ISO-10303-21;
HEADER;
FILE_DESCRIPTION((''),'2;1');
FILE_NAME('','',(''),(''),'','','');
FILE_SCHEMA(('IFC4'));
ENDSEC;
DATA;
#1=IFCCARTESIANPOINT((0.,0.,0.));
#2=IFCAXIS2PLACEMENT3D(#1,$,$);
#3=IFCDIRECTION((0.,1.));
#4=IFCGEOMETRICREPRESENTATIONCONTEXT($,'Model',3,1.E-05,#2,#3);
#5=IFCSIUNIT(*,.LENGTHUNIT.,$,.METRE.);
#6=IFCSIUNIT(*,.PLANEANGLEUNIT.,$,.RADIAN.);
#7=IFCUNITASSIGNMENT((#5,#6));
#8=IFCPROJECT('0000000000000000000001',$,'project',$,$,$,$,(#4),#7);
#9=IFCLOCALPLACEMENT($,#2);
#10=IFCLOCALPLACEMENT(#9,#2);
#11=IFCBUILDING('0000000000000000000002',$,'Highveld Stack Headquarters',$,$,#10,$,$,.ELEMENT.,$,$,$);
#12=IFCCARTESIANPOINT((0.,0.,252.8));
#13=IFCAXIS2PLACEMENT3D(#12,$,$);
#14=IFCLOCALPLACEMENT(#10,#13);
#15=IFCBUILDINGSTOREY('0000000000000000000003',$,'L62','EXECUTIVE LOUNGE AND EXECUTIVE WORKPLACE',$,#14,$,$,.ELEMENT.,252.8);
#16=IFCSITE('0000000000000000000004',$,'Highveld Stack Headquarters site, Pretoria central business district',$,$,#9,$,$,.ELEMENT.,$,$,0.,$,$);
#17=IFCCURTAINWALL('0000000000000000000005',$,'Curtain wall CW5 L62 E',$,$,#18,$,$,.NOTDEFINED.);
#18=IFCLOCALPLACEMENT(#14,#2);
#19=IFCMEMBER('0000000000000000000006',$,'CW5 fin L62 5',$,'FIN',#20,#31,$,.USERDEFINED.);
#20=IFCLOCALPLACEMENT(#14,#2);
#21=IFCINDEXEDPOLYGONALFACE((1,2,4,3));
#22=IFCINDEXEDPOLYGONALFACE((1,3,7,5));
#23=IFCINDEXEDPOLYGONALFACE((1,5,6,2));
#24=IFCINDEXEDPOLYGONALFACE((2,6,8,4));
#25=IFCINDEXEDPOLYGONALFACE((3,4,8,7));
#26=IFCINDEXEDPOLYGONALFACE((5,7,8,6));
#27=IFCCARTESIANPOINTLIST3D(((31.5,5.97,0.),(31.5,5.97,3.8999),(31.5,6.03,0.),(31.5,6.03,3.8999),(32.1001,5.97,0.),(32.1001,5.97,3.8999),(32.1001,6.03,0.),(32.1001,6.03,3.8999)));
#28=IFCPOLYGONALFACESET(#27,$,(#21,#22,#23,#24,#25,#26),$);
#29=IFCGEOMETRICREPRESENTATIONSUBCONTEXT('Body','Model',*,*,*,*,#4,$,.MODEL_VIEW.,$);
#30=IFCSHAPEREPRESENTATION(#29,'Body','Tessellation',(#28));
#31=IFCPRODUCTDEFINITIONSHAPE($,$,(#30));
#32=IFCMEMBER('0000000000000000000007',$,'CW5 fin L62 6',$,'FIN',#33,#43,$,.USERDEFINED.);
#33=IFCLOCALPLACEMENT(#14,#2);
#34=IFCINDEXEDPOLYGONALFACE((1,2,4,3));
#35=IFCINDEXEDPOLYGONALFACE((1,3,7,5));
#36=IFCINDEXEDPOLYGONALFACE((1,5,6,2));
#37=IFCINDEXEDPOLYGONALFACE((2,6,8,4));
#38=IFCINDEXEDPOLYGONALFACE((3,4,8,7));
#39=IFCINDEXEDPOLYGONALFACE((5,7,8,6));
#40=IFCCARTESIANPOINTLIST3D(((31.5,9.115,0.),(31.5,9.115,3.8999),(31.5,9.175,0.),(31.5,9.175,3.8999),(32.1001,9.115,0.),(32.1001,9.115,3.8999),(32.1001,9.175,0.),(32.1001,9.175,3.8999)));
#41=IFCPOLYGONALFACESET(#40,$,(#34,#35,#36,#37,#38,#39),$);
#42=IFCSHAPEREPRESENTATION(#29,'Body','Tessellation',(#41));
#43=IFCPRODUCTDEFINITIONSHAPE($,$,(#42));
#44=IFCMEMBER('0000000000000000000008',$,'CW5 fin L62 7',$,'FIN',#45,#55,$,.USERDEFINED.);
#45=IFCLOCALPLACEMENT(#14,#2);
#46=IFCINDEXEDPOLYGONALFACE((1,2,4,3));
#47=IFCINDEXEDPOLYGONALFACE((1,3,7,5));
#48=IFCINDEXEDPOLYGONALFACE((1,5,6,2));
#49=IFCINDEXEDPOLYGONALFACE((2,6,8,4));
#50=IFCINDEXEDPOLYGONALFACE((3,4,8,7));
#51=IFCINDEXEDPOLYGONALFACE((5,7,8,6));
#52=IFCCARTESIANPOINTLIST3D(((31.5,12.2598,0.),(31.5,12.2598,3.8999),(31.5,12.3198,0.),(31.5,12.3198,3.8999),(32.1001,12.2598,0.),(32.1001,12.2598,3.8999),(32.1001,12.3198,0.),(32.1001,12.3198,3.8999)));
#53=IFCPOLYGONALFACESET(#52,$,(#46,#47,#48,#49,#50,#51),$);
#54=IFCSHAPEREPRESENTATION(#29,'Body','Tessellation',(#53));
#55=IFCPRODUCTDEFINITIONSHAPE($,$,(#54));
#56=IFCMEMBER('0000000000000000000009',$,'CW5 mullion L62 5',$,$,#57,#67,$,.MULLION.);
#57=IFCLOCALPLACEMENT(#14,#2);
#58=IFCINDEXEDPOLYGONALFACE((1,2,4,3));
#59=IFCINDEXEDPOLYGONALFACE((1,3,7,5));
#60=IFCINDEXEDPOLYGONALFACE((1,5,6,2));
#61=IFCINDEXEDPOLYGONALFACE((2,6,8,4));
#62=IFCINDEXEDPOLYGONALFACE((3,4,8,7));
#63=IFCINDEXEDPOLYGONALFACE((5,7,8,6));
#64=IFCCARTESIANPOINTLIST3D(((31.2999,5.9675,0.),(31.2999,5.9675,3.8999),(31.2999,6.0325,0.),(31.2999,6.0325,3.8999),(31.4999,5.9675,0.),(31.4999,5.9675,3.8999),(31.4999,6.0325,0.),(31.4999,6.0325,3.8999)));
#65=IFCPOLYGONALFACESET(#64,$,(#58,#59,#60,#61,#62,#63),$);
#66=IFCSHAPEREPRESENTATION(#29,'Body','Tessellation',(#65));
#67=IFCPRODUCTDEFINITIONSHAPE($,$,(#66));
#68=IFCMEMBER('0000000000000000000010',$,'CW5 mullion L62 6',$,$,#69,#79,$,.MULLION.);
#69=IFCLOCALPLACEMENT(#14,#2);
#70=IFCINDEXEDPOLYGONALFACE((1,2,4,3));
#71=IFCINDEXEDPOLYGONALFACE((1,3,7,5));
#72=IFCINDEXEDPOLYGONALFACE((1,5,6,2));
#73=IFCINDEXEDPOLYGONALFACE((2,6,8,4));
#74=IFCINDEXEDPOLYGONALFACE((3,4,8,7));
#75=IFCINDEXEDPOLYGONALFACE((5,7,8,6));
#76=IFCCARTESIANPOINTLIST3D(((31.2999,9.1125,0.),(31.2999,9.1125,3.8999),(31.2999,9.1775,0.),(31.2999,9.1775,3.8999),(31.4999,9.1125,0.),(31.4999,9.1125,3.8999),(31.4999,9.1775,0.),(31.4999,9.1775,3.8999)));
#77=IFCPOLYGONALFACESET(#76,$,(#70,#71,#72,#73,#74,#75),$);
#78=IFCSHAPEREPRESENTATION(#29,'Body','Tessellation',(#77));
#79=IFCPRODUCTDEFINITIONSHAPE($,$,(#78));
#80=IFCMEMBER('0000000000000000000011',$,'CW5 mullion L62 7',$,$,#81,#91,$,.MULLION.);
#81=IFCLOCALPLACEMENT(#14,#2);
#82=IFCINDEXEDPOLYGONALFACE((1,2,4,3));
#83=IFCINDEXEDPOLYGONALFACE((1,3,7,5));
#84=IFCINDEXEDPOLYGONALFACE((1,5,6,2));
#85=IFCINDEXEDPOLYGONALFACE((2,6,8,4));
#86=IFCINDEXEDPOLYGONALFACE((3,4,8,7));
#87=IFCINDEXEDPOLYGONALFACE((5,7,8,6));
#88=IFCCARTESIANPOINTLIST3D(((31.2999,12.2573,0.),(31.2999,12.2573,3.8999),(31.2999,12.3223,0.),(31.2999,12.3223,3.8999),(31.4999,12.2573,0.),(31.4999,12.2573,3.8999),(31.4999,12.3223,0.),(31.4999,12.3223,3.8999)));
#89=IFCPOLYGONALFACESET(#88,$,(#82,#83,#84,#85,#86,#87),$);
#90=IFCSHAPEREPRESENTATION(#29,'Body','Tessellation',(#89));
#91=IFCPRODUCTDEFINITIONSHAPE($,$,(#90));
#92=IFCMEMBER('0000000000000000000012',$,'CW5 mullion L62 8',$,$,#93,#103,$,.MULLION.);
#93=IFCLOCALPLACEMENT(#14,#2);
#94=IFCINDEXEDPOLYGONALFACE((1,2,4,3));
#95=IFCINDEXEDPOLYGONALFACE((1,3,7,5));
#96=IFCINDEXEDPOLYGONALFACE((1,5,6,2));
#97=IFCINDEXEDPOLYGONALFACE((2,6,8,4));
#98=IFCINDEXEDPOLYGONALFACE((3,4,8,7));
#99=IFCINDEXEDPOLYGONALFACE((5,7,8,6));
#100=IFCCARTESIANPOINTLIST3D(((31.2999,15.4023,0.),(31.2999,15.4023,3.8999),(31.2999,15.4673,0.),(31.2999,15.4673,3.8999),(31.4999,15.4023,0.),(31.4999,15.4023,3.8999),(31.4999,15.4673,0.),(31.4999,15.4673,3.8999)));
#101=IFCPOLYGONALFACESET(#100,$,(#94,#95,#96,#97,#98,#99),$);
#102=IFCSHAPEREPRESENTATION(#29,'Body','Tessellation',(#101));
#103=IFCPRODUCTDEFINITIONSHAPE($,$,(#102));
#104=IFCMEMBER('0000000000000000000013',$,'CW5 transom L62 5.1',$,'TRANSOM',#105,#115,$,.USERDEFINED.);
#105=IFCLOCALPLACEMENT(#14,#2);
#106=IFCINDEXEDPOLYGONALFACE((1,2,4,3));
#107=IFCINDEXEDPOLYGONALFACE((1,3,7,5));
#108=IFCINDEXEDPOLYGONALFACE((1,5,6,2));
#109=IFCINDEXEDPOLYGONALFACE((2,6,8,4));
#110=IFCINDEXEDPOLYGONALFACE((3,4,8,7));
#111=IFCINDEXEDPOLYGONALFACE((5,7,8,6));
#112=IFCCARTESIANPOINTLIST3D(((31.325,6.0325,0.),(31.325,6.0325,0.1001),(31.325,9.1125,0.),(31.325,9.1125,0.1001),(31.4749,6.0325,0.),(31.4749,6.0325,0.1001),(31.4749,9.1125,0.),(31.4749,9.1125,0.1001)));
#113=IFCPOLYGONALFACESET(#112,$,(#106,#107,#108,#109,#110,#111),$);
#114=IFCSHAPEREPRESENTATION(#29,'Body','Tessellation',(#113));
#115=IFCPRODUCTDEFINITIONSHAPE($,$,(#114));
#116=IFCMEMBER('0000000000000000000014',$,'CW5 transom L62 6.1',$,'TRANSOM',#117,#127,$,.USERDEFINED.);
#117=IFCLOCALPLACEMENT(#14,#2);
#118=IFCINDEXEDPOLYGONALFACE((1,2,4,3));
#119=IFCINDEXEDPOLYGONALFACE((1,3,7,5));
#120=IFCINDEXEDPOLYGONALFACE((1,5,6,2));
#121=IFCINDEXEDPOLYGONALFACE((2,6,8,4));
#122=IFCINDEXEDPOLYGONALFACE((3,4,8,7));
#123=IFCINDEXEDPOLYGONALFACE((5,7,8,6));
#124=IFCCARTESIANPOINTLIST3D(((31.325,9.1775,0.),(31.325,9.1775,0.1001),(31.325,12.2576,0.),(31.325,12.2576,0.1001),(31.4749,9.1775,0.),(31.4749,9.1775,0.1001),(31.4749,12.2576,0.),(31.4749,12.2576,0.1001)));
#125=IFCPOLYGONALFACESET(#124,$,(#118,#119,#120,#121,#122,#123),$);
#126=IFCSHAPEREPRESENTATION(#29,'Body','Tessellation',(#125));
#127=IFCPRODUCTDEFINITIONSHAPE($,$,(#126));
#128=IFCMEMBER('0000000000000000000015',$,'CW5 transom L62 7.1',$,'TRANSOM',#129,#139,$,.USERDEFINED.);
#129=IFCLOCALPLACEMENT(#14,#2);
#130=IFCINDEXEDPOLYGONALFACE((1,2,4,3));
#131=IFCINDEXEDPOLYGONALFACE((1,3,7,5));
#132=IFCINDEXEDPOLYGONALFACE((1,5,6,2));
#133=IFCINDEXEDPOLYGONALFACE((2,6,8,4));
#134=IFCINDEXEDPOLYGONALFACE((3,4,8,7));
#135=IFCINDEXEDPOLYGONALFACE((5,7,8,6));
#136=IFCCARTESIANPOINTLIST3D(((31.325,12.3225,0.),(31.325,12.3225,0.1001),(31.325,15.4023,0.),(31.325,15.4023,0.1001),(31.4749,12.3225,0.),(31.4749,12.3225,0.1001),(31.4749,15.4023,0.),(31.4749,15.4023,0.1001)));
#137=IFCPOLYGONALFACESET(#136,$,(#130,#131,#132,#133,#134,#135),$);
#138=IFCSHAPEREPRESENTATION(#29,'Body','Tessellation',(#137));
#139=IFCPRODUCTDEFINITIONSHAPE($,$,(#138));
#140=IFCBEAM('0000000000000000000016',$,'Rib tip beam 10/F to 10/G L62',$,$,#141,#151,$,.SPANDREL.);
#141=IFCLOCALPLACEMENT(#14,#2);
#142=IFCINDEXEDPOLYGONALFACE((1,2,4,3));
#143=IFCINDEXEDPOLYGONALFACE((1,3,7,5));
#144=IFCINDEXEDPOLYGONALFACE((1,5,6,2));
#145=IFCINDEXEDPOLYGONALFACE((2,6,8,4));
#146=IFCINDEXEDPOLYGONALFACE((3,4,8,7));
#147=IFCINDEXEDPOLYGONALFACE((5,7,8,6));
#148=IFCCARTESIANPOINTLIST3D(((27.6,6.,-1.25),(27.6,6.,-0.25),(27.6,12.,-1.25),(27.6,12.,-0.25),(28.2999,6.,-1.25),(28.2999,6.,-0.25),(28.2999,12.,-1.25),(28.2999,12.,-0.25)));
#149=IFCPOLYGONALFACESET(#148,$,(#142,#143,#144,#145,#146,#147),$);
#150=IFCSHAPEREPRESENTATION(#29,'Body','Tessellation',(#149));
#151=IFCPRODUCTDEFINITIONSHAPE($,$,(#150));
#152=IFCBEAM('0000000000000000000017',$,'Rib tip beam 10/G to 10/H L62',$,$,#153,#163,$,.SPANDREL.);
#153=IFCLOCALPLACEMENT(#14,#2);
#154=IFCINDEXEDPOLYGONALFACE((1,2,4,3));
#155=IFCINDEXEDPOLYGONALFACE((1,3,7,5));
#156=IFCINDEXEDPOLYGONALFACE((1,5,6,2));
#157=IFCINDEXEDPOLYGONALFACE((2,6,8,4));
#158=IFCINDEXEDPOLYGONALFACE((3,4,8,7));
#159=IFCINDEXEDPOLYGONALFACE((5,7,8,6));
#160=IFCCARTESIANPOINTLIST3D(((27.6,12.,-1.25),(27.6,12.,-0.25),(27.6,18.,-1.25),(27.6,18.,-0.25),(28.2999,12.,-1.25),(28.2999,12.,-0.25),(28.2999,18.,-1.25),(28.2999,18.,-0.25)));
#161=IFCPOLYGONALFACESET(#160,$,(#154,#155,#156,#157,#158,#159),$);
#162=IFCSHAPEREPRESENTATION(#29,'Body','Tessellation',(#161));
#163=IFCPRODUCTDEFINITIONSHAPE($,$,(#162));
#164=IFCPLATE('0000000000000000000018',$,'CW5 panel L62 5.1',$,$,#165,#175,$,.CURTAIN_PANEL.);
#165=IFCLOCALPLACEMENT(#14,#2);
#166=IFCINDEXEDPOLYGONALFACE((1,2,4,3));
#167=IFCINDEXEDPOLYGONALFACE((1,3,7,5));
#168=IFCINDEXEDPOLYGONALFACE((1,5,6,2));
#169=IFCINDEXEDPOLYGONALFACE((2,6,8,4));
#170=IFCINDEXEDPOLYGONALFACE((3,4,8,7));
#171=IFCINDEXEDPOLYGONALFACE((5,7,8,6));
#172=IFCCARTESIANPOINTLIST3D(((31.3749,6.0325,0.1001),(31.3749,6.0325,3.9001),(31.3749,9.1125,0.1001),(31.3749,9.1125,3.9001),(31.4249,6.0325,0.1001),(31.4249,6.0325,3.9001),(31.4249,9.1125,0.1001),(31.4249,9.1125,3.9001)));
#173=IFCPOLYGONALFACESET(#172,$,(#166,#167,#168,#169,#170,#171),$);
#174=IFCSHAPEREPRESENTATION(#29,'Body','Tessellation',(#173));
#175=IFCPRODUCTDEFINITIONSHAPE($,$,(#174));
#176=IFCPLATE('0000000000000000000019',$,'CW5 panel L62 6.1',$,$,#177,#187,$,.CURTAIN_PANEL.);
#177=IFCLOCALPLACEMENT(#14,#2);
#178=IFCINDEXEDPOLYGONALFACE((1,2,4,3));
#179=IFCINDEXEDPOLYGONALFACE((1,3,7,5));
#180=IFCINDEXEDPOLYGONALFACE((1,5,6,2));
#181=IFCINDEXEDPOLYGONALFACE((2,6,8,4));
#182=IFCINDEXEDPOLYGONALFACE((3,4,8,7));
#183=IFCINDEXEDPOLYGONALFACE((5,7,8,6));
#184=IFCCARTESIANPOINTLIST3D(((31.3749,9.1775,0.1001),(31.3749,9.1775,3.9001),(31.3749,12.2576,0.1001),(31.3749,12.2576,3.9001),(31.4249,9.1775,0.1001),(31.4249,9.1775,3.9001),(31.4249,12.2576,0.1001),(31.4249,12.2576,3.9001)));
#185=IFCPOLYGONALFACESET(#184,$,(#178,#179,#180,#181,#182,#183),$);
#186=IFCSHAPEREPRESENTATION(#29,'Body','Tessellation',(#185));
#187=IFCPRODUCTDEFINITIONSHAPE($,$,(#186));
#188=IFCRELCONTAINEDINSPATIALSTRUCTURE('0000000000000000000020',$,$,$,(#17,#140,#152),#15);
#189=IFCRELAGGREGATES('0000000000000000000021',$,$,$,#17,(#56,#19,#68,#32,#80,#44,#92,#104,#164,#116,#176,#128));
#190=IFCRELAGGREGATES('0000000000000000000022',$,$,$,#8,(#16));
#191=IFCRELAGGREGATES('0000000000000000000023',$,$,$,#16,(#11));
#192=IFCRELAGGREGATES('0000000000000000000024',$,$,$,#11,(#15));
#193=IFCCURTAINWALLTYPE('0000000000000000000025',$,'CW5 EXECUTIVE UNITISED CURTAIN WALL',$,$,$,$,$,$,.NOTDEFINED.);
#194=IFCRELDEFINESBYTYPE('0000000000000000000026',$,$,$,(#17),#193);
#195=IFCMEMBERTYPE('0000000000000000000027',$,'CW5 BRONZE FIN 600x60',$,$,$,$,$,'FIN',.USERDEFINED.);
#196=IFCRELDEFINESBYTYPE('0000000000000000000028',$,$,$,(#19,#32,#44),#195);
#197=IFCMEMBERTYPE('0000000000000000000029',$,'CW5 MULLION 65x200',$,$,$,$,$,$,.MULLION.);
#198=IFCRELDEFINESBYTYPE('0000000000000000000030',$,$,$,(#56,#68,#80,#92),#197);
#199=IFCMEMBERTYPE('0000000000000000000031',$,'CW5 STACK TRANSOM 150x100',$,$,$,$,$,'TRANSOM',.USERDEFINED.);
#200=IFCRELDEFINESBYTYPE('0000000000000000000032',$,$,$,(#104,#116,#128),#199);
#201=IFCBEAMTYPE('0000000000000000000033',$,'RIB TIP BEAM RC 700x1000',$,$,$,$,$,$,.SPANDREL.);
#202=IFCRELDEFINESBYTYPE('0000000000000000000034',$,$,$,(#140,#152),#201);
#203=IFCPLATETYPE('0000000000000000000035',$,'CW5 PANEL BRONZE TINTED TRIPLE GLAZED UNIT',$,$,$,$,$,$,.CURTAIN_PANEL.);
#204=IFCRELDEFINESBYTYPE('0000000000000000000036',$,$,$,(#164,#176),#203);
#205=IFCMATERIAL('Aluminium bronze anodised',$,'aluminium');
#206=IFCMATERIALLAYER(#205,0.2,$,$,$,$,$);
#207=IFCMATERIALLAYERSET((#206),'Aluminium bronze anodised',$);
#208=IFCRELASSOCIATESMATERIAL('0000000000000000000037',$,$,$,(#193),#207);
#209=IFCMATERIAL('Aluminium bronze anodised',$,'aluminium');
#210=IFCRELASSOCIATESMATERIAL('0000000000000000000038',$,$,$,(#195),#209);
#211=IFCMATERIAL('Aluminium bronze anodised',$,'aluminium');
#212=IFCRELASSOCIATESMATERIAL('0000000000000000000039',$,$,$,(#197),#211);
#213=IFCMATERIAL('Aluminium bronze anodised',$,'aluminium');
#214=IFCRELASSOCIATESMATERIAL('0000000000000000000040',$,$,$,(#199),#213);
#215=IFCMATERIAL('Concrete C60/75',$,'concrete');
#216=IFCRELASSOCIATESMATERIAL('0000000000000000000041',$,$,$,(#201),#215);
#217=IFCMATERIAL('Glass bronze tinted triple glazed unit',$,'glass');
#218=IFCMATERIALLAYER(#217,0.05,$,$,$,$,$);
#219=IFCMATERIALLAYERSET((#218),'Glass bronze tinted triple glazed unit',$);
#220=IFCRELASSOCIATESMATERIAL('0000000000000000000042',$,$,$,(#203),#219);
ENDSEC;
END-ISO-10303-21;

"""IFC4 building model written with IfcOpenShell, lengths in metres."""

from ifc_helpers import new_model, si_unit, direction, frame, origin, origin_2d, place, context, subcontext, project, spatial, rectangle, extrude, material, layer, layer_set, material_profile, profile_set, type_object, element, aggregate, save


model = new_model("IFC4")

# Units and contexts
model_context = context("Model", 3, precision=1e-05, world=origin(), true_north=direction((0.0, 1.0)))
body_context = subcontext(model_context, "Body", "Model", "MODEL_VIEW")
ifc_project = project(units=[si_unit("LENGTHUNIT", "METRE"), si_unit("PLANEANGLEUNIT", "RADIAN")], contexts=[model_context])

# Site, building, storey
site_placement = place(None, origin())
site = spatial("IfcSite", under=ifc_project, at=site_placement, Name="Highveld Stack Headquarters site, Pretoria central business district", CompositionType="ELEMENT", RefElevation=0.0)
building_placement = place(site_placement, origin())
building = spatial("IfcBuilding", under=site, at=building_placement, Name="Highveld Stack Headquarters", CompositionType="ELEMENT")
storey_placement = place(building_placement, frame((0.0, 0.0, 252.8)))
storey = spatial("IfcBuildingStorey", under=building, at=storey_placement, Name="L62", Description="EXECUTIVE LOUNGE AND EXECUTIVE WORKPLACE", CompositionType="ELEMENT", Elevation=252.8)

# Curtain wall, members
ifc_material_1 = material(Name="Aluminium bronze anodised", Category="aluminium")
ifc_layer_1 = layer(ifc_material_1, 0.2)
ifc_layer_set_1 = layer_set([ifc_layer_1], Name="Aluminium bronze anodised")
curtain_wall_type = type_object("IfcCurtainWallType", Name="CW5 EXECUTIVE UNITISED CURTAIN WALL", PredefinedType="NOTDEFINED", material=ifc_layer_set_1)
curtain_wall_placement = place(storey_placement, origin())
curtain_wall = element("IfcCurtainWall", 1, at=curtain_wall_placement, inside=storey, type_object=curtain_wall_type, Name="Curtain wall CW5 L62 E", PredefinedType="NOTDEFINED")
ifc_material_2 = material(Name="Aluminium bronze anodised", Category="aluminium")
ifc_material_profile_1 = material_profile(ifc_material_2, rectangle(XDim=0.6001, YDim=0.0601, at=origin_2d()), Name="FIN 600x60")
ifc_profile_set_1 = profile_set([ifc_material_profile_1], Name="Aluminium bronze anodised")
member_type_1 = type_object("IfcMemberType", Name="CW5 BRONZE FIN 600x60", ElementType="FIN", PredefinedType="USERDEFINED", material=ifc_profile_set_1)
member_1_placement = place(storey_placement, frame((31.8, 6.0, 0.0), z_axis=(0.0, 0.0, 1.0), x_axis=(-1.0, 0.0, 0.0)))
member_1 = element("IfcMember", 2, at=member_1_placement, type_object=member_type_1, Name="CW5 fin L62 5", ObjectType="FIN", PredefinedType="USERDEFINED", context=body_context, shape_type="SweptSolid", body=[
    extrude(rectangle(XDim=0.6001, YDim=0.0601, at=origin_2d()), origin(), (0.0, 0.0, 1.0), 3.8999),
])
member_2_placement = place(storey_placement, frame((31.8, 9.145, 0.0), z_axis=(0.0, 0.0, 1.0), x_axis=(-1.0, 0.0, 0.0)))
member_2 = element("IfcMember", 3, at=member_2_placement, type_object=member_type_1, Name="CW5 fin L62 6", ObjectType="FIN", PredefinedType="USERDEFINED", context=body_context, shape_type="SweptSolid", body=[
    extrude(rectangle(XDim=0.6001, YDim=0.0601, at=origin_2d()), origin(), (0.0, 0.0, 1.0), 3.8999),
])
member_3_placement = place(storey_placement, frame((31.8, 12.2898, 0.0), z_axis=(0.0, 0.0, 1.0), x_axis=(-1.0, 0.0, 0.0)))
member_3 = element("IfcMember", 4, at=member_3_placement, type_object=member_type_1, Name="CW5 fin L62 7", ObjectType="FIN", PredefinedType="USERDEFINED", context=body_context, shape_type="SweptSolid", body=[
    extrude(rectangle(XDim=0.6001, YDim=0.0601, at=origin_2d()), origin(), (0.0, 0.0, 1.0), 3.8999),
])
ifc_material_3 = material(Name="Aluminium bronze anodised", Category="aluminium")
ifc_material_profile_2 = material_profile(ifc_material_3, rectangle(XDim=0.2, YDim=0.0649, at=origin_2d()), Name="CW5 MULLION 65x200")
ifc_profile_set_2 = profile_set([ifc_material_profile_2], Name="Aluminium bronze anodised")
member_type_2 = type_object("IfcMemberType", Name="CW5 MULLION 65x200", PredefinedType="MULLION", material=ifc_profile_set_2)
member_4_placement = place(storey_placement, frame((31.3999, 6.0, 0.0), z_axis=(0.0, 0.0, 1.0), x_axis=(-1.0, 0.0, 0.0)))
member_4 = element("IfcMember", 5, at=member_4_placement, type_object=member_type_2, Name="CW5 mullion L62 5", PredefinedType="MULLION", context=body_context, shape_type="SweptSolid", body=[
    extrude(rectangle(XDim=0.2, YDim=0.0649, at=origin_2d()), origin(), (0.0, 0.0, 1.0), 3.8999),
])
member_5_placement = place(storey_placement, frame((31.3999, 9.145, 0.0), z_axis=(0.0, 0.0, 1.0), x_axis=(-1.0, 0.0, 0.0)))
member_5 = element("IfcMember", 6, at=member_5_placement, type_object=member_type_2, Name="CW5 mullion L62 6", PredefinedType="MULLION", context=body_context, shape_type="SweptSolid", body=[
    extrude(rectangle(XDim=0.2, YDim=0.0649, at=origin_2d()), origin(), (0.0, 0.0, 1.0), 3.8999),
])
member_6_placement = place(storey_placement, frame((31.3999, 12.2898, 0.0), z_axis=(0.0, 0.0, 1.0), x_axis=(-1.0, 0.0, 0.0)))
member_6 = element("IfcMember", 7, at=member_6_placement, type_object=member_type_2, Name="CW5 mullion L62 7", PredefinedType="MULLION", context=body_context, shape_type="SweptSolid", body=[
    extrude(rectangle(XDim=0.2, YDim=0.0649, at=origin_2d()), origin(), (0.0, 0.0, 1.0), 3.8999),
])
member_7_placement = place(storey_placement, frame((31.3999, 15.4348, 0.0), z_axis=(0.0, 0.0, 1.0), x_axis=(-1.0, 0.0, 0.0)))
member_7 = element("IfcMember", 8, at=member_7_placement, type_object=member_type_2, Name="CW5 mullion L62 8", PredefinedType="MULLION", context=body_context, shape_type="SweptSolid", body=[
    extrude(rectangle(XDim=0.2, YDim=0.0649, at=origin_2d()), origin(), (0.0, 0.0, 1.0), 3.8999),
])
ifc_material_4 = material(Name="Aluminium bronze anodised", Category="aluminium")
ifc_material_profile_3 = material_profile(ifc_material_4, rectangle(XDim=0.1499, YDim=0.1001, at=origin_2d()), Name="CW5 TRANSOM 150x100")
ifc_profile_set_3 = profile_set([ifc_material_profile_3], Name="Aluminium bronze anodised")
member_type_3 = type_object("IfcMemberType", Name="CW5 STACK TRANSOM 150x100", ElementType="TRANSOM", PredefinedType="USERDEFINED", material=ifc_profile_set_3)
member_8_placement = place(storey_placement, frame((31.3999, 6.0325, 0.05), z_axis=(0.0, 1.0, 0.0), x_axis=(-1.0, 0.0, 0.0)))
member_8 = element("IfcMember", 9, at=member_8_placement, type_object=member_type_3, Name="CW5 transom L62 5.1", ObjectType="TRANSOM", PredefinedType="USERDEFINED", context=body_context, shape_type="SweptSolid", body=[
    extrude(rectangle(XDim=0.1499, YDim=0.1001, at=origin_2d()), origin(), (0.0, 0.0, 1.0), 3.0801),
])
member_9_placement = place(storey_placement, frame((31.3999, 9.1775, 0.05), z_axis=(0.0, 1.0, 0.0), x_axis=(-1.0, 0.0, 0.0)))
member_9 = element("IfcMember", 10, at=member_9_placement, type_object=member_type_3, Name="CW5 transom L62 6.1", ObjectType="TRANSOM", PredefinedType="USERDEFINED", context=body_context, shape_type="SweptSolid", body=[
    extrude(rectangle(XDim=0.1499, YDim=0.1001, at=origin_2d()), origin(), (0.0, 0.0, 1.0), 3.0801),
])
member_10_placement = place(storey_placement, frame((31.3999, 12.3225, 0.05), z_axis=(0.0, 1.0, 0.0), x_axis=(-1.0, 0.0, 0.0)))
member_10 = element("IfcMember", 11, at=member_10_placement, type_object=member_type_3, Name="CW5 transom L62 7.1", ObjectType="TRANSOM", PredefinedType="USERDEFINED", context=body_context, shape_type="SweptSolid", body=[
    extrude(rectangle(XDim=0.1499, YDim=0.1001, at=origin_2d()), origin(), (0.0, 0.0, 1.0), 3.0798),
])

# Beams
ifc_material_5 = material(Name="Concrete C60/75", Category="concrete")
ifc_material_profile_4 = material_profile(ifc_material_5, rectangle(XDim=0.7, YDim=1.0, at=origin_2d()), Name="RC 700x1000")
ifc_profile_set_4 = profile_set([ifc_material_profile_4], Name="Concrete C60/75")
beam_type = type_object("IfcBeamType", Name="RIB TIP BEAM RC 700x1000", PredefinedType="SPANDREL", material=ifc_profile_set_4)
for number, where, z_axis, x_axis, name in (
    (12, (27.95, 6.0, -0.75), (0.0, 1.0, 0.0), (-1.0, 0.0, 0.0), "Rib tip beam 10/F to 10/G L62"),
    (13, (27.95, 12.0, -0.75), (0.0, 1.0, 0.0), (-1.0, 0.0, 0.0), "Rib tip beam 10/G to 10/H L62"),
):
    element("IfcBeam", number, at=place(storey_placement, frame(where, z_axis=z_axis, x_axis=x_axis)), inside=storey, type_object=beam_type, Name=name, PredefinedType="SPANDREL", context=body_context, shape_type="SweptSolid", body=[
        extrude(rectangle(XDim=0.7, YDim=1.0, at=origin_2d()), origin(), (0.0, 0.0, 1.0), 6.0),
    ])

# Plates
ifc_material_6 = material(Name="Glass bronze tinted triple glazed unit", Category="glass")
ifc_layer_2 = layer(ifc_material_6, 0.05)
ifc_layer_set_2 = layer_set([ifc_layer_2], Name="Glass bronze tinted triple glazed unit")
plate_type = type_object("IfcPlateType", Name="CW5 PANEL BRONZE TINTED TRIPLE GLAZED UNIT", PredefinedType="CURTAIN_PANEL", material=ifc_layer_set_2)
plate_1_placement = place(storey_placement, frame((31.3999, 7.5725, 0.1001), z_axis=(0.0, 0.0, 1.0), x_axis=(0.0, 1.0, 0.0)))
plate_1 = element("IfcPlate", 14, at=plate_1_placement, type_object=plate_type, Name="CW5 panel L62 5.1", PredefinedType="CURTAIN_PANEL", context=body_context, shape_type="SweptSolid", body=[
    extrude(rectangle(XDim=3.0801, YDim=0.05, at=origin_2d()), origin(), (0.0, 0.0, 1.0), 3.8),
])
plate_2_placement = place(storey_placement, frame((31.3999, 10.7175, 0.1001), z_axis=(0.0, 0.0, 1.0), x_axis=(0.0, 1.0, 0.0)))
plate_2 = element("IfcPlate", 15, at=plate_2_placement, type_object=plate_type, Name="CW5 panel L62 6.1", PredefinedType="CURTAIN_PANEL", context=body_context, shape_type="SweptSolid", body=[
    extrude(rectangle(XDim=3.0801, YDim=0.05, at=origin_2d()), origin(), (0.0, 0.0, 1.0), 3.8),
])
aggregate(curtain_wall, [member_4, member_1, member_5, member_2, member_6, member_3, member_7, member_8, plate_1, member_9, plate_2, member_10])

save(model, "model.ifc")
